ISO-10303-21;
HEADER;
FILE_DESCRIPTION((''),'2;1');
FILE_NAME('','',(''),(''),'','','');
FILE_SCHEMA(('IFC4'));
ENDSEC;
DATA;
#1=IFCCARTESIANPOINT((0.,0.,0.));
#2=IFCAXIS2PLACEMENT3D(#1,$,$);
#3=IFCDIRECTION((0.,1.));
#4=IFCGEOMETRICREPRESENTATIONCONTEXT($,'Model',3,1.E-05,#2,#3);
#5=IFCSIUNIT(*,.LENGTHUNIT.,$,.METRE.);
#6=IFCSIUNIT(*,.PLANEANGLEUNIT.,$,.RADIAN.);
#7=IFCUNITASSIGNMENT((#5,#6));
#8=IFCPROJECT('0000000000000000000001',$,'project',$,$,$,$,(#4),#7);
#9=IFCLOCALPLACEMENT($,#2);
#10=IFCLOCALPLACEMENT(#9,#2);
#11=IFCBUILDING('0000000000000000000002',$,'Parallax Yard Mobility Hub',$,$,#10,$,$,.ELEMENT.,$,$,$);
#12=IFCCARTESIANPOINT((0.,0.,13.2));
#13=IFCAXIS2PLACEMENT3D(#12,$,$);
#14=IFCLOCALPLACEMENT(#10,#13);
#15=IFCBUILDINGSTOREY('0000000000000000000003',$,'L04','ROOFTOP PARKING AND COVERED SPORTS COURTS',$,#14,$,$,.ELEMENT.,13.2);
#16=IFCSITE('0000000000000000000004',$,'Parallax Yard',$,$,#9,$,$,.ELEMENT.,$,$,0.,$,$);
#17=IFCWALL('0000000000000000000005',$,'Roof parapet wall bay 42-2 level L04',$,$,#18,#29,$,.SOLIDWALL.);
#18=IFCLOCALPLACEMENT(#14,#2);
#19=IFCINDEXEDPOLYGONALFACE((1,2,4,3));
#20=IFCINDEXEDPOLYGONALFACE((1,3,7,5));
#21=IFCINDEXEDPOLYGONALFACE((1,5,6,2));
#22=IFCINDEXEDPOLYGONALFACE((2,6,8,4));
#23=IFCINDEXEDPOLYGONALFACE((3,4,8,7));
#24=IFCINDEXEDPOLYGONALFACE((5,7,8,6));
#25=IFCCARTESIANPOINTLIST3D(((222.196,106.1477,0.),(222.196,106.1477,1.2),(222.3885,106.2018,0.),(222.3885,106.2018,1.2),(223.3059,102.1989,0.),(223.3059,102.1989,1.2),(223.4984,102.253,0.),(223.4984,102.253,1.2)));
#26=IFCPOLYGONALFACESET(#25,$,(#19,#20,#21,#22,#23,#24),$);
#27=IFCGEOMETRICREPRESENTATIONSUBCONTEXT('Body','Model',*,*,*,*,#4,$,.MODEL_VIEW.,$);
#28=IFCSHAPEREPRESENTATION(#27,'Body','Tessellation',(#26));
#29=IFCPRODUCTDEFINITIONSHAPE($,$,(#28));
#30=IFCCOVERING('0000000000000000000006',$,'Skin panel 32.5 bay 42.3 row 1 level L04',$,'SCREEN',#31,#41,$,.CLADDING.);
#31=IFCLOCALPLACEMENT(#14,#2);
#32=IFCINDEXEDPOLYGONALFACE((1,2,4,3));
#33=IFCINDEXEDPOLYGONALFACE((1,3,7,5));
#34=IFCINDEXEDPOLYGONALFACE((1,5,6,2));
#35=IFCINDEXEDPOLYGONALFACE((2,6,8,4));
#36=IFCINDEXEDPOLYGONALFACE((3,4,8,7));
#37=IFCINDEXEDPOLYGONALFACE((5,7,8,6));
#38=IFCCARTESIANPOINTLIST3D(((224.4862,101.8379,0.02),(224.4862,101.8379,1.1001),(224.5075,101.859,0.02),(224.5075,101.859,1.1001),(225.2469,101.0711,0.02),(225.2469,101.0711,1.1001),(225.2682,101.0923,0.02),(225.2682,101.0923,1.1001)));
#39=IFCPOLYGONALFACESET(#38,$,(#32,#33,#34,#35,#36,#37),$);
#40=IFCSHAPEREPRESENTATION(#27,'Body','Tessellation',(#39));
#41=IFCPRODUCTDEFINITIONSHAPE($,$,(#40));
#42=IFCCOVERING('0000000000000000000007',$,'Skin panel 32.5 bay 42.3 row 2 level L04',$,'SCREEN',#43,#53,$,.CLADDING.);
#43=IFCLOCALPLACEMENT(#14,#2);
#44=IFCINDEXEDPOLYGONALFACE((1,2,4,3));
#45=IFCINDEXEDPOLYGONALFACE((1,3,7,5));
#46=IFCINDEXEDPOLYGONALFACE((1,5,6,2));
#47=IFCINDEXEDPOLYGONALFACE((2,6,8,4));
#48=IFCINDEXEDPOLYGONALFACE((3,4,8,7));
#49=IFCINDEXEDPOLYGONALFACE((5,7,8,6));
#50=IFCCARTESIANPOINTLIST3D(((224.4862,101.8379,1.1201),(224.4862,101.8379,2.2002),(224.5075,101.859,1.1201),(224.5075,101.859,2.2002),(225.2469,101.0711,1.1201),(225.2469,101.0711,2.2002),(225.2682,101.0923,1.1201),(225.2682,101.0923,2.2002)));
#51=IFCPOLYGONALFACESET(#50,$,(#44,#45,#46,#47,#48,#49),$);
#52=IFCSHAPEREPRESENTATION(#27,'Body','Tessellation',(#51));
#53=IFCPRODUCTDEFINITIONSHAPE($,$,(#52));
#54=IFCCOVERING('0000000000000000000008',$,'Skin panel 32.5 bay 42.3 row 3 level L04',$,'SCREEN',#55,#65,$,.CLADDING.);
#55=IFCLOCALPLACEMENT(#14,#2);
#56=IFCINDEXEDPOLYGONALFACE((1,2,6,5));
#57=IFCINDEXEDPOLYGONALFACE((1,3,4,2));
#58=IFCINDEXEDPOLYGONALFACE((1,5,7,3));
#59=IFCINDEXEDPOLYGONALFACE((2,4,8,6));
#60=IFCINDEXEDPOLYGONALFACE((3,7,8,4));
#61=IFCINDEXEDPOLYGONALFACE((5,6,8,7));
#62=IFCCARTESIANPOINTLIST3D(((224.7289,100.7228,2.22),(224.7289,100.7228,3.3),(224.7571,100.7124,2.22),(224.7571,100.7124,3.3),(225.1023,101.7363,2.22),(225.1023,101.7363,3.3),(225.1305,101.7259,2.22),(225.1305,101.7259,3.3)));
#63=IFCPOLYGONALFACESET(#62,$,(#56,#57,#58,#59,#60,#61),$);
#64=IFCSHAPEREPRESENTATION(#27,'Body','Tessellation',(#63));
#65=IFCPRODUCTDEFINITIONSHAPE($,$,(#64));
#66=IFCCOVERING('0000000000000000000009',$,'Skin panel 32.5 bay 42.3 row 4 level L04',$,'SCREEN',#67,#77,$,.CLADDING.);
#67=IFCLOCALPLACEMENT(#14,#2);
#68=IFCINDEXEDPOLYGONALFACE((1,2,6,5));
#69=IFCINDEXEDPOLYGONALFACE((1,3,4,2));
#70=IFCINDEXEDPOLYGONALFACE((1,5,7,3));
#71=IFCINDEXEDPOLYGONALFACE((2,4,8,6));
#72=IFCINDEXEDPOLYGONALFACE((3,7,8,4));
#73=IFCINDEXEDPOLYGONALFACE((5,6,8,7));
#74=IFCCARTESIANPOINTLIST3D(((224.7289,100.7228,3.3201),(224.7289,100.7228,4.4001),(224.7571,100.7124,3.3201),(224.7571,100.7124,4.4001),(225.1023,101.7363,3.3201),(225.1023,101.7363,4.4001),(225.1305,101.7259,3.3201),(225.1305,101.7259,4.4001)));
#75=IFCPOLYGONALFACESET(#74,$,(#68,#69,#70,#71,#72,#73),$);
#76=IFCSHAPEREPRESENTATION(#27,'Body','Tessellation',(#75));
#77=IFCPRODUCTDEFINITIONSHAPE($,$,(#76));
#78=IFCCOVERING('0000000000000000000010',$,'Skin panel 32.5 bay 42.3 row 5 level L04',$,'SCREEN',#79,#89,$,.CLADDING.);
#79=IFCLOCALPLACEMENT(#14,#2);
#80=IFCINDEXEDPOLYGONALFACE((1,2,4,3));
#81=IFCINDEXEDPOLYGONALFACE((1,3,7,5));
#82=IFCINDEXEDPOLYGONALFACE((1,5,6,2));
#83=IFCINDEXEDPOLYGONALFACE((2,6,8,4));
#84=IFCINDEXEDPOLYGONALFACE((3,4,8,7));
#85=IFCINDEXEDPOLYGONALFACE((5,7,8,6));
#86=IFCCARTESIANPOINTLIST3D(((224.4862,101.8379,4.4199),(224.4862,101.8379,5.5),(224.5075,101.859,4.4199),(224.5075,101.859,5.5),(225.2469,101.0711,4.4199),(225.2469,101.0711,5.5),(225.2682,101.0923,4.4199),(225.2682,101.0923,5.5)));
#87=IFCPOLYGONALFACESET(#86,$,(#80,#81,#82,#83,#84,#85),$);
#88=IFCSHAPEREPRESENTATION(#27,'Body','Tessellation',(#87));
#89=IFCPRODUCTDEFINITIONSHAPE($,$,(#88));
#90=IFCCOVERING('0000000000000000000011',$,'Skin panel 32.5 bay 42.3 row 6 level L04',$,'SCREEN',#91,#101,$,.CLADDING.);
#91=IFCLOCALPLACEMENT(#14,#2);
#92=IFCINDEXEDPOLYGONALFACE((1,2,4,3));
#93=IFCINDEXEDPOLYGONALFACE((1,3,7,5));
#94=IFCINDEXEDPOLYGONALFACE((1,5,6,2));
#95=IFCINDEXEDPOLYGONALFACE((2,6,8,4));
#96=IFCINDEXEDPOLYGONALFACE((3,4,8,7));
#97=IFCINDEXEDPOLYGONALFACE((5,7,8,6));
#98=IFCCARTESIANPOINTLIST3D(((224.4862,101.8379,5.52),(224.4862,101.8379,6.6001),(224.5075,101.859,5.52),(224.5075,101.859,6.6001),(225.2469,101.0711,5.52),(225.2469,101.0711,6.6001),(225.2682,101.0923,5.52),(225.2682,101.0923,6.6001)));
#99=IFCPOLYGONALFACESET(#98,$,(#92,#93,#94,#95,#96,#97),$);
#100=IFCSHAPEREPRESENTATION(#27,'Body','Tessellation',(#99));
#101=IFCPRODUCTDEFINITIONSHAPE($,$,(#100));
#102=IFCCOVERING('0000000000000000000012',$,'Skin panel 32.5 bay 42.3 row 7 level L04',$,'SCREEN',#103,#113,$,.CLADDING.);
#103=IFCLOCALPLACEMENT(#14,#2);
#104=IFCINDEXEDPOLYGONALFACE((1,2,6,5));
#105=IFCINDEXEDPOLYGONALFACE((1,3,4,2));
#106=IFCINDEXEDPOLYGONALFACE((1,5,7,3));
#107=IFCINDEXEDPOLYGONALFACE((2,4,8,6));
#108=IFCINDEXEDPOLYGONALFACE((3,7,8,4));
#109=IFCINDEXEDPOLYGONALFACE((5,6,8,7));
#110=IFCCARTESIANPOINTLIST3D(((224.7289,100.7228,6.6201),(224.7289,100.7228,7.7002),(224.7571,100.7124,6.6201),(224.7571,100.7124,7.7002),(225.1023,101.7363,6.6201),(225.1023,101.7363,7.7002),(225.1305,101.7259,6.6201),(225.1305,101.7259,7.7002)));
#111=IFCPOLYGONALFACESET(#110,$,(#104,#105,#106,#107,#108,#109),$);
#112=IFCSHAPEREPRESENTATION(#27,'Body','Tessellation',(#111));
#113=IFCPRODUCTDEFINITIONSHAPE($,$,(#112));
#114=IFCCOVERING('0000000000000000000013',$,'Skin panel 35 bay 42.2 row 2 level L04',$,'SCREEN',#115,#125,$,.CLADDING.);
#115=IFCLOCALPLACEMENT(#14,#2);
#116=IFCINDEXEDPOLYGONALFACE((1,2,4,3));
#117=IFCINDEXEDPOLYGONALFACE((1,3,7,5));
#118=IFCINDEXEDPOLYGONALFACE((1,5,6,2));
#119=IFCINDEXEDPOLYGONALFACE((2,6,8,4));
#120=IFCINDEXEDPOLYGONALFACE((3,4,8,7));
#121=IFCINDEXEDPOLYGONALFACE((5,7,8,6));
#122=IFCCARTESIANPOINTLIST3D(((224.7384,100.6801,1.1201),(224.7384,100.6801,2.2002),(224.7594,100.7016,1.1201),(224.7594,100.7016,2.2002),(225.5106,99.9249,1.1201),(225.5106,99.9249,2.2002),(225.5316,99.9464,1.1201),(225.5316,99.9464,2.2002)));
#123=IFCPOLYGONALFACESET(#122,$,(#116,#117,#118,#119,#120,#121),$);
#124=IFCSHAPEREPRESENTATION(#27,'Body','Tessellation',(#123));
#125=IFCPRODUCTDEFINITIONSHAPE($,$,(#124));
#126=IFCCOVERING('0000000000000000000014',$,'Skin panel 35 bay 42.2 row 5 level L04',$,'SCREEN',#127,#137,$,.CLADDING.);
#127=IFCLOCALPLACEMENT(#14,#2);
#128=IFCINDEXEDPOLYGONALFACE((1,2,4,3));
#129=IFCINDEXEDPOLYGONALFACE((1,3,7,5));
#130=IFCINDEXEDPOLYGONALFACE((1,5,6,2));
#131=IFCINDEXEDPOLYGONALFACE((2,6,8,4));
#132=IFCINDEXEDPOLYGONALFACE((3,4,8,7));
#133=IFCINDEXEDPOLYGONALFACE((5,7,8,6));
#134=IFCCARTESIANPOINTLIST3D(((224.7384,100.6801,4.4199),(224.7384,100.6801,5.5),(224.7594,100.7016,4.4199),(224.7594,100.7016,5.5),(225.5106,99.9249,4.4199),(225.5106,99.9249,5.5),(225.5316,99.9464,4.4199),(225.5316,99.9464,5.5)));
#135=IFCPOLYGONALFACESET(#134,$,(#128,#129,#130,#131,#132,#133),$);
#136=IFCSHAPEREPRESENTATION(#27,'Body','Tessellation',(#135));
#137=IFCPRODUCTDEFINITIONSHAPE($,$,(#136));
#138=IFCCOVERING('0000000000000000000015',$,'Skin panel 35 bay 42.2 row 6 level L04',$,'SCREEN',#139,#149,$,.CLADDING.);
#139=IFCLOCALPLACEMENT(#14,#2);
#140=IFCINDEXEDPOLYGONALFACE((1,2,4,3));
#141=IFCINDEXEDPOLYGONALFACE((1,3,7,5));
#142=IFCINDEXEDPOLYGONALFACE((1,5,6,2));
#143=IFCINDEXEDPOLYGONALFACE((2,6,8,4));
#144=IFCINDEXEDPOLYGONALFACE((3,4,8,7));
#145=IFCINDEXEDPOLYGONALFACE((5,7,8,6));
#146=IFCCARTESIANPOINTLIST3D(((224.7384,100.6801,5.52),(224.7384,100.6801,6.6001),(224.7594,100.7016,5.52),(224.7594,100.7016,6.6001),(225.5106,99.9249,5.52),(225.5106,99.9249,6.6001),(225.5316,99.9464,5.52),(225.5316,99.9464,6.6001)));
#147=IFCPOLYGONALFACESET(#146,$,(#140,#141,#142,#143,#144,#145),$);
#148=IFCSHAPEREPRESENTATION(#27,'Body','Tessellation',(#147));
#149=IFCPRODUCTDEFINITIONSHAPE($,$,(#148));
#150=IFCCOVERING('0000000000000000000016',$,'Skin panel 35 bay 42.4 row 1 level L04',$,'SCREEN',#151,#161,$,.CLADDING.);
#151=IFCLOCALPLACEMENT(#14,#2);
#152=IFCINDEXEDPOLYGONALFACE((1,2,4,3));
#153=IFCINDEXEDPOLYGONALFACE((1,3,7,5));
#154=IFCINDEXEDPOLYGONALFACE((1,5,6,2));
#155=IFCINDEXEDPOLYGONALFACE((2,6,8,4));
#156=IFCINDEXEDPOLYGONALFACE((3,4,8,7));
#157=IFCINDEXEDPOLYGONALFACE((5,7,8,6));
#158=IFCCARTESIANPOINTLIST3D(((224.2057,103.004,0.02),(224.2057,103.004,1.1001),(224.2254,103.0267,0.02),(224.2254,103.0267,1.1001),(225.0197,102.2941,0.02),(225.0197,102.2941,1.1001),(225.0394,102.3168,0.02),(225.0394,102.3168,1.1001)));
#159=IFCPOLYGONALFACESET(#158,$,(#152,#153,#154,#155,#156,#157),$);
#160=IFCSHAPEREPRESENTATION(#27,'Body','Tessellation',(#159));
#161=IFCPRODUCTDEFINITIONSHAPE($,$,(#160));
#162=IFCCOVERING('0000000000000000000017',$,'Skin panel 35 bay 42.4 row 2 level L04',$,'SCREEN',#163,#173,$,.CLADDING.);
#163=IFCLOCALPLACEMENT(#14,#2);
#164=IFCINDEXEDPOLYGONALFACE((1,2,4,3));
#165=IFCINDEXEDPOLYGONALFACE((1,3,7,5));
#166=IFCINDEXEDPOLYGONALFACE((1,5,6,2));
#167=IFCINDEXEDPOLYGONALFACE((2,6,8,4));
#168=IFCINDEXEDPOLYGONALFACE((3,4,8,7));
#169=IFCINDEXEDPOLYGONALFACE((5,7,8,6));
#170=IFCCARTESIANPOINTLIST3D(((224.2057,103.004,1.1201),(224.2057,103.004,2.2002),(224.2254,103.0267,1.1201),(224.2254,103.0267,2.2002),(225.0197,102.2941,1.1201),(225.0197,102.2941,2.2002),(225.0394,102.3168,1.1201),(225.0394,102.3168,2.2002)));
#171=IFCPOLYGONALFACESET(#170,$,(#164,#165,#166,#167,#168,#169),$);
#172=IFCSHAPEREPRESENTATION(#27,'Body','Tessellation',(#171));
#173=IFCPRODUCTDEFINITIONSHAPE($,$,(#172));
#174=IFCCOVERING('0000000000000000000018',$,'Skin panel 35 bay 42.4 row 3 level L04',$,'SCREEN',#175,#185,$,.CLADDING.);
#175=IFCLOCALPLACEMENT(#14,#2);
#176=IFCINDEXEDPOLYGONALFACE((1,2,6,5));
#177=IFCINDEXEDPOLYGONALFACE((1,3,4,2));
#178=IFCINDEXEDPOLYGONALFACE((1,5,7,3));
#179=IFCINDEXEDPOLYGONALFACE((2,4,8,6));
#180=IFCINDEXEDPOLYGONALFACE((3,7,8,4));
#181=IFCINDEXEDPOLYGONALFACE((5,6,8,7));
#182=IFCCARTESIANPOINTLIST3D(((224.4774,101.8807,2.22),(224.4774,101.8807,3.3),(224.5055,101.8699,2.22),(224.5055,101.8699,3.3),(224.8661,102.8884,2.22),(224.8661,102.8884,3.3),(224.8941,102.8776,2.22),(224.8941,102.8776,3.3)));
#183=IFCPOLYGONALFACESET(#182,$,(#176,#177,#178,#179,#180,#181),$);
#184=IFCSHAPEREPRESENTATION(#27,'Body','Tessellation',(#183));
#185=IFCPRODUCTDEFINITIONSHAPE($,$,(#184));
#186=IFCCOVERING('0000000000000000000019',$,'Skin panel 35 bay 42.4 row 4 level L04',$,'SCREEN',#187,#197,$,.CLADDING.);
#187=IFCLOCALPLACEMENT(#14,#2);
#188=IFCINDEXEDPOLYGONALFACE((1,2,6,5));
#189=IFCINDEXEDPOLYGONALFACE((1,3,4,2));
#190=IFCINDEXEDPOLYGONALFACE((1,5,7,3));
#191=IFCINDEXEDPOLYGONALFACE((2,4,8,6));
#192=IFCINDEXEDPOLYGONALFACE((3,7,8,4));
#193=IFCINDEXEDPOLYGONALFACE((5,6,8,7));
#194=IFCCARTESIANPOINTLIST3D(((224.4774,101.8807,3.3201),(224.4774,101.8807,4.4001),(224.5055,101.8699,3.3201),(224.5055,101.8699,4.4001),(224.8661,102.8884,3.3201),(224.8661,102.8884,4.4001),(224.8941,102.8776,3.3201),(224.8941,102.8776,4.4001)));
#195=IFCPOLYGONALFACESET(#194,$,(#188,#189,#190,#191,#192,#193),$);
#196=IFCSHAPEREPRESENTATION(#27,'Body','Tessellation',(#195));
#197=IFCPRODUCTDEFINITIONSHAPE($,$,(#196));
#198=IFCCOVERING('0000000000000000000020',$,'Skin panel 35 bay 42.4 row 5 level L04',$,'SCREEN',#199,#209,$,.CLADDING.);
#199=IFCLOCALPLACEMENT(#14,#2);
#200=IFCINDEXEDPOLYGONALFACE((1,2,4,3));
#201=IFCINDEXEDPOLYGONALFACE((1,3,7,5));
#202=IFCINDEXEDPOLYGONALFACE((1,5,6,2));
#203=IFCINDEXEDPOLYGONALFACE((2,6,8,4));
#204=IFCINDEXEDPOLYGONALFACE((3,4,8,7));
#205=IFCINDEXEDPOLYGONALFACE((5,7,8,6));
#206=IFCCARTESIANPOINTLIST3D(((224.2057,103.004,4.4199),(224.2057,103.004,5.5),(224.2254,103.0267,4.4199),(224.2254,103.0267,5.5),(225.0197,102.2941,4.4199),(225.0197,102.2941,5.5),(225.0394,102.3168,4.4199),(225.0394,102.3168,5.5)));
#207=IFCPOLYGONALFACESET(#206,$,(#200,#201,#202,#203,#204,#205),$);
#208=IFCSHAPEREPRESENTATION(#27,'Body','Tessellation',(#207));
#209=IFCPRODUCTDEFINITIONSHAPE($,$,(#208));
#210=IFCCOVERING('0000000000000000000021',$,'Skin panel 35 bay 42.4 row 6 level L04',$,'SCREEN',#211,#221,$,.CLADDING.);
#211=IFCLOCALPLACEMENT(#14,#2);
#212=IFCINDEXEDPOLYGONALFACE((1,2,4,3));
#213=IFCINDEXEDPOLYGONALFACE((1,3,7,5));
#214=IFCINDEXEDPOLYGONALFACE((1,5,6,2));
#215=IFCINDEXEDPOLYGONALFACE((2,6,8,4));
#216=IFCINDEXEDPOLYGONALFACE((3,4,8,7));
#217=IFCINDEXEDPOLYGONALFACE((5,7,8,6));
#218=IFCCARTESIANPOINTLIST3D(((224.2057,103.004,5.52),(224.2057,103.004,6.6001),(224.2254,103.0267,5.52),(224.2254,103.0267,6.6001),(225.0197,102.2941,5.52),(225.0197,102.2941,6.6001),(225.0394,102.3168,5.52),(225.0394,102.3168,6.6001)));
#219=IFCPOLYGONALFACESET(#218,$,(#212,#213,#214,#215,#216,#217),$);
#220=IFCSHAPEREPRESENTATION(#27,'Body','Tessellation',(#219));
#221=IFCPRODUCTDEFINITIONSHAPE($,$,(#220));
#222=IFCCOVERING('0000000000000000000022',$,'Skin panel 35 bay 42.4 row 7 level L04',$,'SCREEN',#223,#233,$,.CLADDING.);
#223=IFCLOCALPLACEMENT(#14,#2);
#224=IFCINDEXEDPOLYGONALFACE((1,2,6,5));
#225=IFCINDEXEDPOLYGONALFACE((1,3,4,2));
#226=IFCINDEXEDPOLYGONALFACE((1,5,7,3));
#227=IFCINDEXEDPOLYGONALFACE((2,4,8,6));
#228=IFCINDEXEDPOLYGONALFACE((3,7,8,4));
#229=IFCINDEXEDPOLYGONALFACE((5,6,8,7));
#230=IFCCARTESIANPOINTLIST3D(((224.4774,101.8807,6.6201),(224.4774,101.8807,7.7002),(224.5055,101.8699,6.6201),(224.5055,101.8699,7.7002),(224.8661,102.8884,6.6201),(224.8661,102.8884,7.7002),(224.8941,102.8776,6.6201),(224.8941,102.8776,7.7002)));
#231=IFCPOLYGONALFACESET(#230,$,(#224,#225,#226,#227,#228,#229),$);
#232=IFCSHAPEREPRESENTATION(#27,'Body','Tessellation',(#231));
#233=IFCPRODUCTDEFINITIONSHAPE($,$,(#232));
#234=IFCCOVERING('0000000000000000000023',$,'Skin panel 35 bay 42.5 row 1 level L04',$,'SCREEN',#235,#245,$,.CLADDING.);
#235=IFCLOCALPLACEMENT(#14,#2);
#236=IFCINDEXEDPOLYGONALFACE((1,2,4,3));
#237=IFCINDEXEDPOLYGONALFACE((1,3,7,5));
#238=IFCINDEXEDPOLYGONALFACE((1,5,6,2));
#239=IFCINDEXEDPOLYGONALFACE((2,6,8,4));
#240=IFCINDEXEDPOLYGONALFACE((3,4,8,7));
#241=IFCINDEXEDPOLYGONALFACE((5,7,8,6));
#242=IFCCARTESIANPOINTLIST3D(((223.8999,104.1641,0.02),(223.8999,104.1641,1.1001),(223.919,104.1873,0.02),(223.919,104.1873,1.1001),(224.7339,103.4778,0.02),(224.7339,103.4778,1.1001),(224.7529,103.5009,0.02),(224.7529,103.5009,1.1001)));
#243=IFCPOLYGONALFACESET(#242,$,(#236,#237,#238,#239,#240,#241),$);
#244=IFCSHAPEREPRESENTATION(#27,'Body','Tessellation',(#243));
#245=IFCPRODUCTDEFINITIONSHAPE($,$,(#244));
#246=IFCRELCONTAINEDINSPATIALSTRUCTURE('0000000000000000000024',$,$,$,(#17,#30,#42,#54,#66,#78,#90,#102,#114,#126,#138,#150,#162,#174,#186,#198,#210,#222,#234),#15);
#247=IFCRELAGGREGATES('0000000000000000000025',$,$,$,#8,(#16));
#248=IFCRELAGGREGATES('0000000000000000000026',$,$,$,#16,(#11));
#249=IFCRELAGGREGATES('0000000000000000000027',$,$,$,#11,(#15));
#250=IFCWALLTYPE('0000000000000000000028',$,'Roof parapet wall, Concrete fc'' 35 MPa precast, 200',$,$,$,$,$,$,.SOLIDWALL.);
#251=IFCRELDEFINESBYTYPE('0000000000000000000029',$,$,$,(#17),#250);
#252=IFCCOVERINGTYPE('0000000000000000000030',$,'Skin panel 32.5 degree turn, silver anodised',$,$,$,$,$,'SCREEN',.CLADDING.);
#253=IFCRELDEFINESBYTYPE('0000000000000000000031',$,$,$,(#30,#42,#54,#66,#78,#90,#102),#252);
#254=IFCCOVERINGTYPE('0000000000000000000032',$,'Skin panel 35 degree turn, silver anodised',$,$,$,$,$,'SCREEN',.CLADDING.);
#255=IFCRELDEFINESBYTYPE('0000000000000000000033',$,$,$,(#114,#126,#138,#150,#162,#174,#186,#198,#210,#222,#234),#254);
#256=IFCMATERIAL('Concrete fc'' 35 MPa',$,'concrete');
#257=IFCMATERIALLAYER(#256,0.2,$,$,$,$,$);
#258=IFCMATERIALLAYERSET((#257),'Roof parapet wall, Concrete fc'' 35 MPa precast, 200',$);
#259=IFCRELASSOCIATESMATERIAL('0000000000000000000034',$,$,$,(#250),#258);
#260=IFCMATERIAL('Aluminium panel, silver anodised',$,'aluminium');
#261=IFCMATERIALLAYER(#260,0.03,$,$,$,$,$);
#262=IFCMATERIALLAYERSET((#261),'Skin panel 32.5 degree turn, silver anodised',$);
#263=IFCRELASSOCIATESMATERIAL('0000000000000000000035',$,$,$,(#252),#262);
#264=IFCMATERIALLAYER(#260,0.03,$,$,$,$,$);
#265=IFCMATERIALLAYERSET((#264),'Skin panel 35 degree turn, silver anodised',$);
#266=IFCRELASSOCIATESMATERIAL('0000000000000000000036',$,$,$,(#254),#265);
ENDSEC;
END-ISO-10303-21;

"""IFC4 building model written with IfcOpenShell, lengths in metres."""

from ifc_helpers import new_model, si_unit, direction, frame, frame_2d, origin, origin_2d, place, context, subcontext, project, spatial, rectangle, extrude, material, layer, layer_set, type_object, element, save


model = new_model("IFC4")

# Units and contexts
model_context = context("Model", 3, precision=1e-05, world=origin(), true_north=direction((0.0, 1.0)))
body_context = subcontext(model_context, "Body", "Model", "MODEL_VIEW")
ifc_project = project(units=[si_unit("LENGTHUNIT", "METRE"), si_unit("PLANEANGLEUNIT", "RADIAN")], contexts=[model_context])

# Site, building, storey
site_placement = place(None, origin())
site = spatial("IfcSite", under=ifc_project, at=site_placement, Name="Parallax Yard", CompositionType="ELEMENT", RefElevation=0.0)
building_placement = place(site_placement, origin())
building = spatial("IfcBuilding", under=site, at=building_placement, Name="Parallax Yard Mobility Hub", CompositionType="ELEMENT")
storey_placement = place(building_placement, frame((0.0, 0.0, 13.2)))
storey = spatial("IfcBuildingStorey", under=building, at=storey_placement, Name="L04", Description="ROOFTOP PARKING AND COVERED SPORTS COURTS", CompositionType="ELEMENT", Elevation=13.2)

# Wall
ifc_material_1 = material(Name="Concrete fc' 35 MPa", Category="concrete")
ifc_layer_1 = layer(ifc_material_1, 0.2)
ifc_layer_set_1 = layer_set([ifc_layer_1], Name="Roof parapet wall, Concrete fc' 35 MPa precast, 200")
wall_type = type_object("IfcWallType", Name="Roof parapet wall, Concrete fc' 35 MPa precast, 200", PredefinedType="SOLIDWALL", material=ifc_layer_set_1)
wall_placement = place(storey_placement, frame((223.4021, 102.2261, 0.0), z_axis=(0.0, 0.0, 1.0), x_axis=(-0.270584, 0.962696, 0.0)))
element("IfcWall", 1, at=wall_placement, inside=storey, type_object=wall_type, Name="Roof parapet wall bay 42-2 level L04", PredefinedType="SOLIDWALL", context=body_context, shape_type="SweptSolid", body=[
    extrude(rectangle(XDim=4.1018, YDim=0.2, at=frame_2d((2.0508, 0.0))), origin(), (0.0, 0.0, 1.0), 1.2),
])

# Coverings
ifc_material_2 = material(Name="Aluminium panel, silver anodised", Category="aluminium")
ifc_layer_2 = layer(ifc_material_2, 0.03)
ifc_layer_set_2 = layer_set([ifc_layer_2], Name="Skin panel 32.5 degree turn, silver anodised")
covering_type_1 = type_object("IfcCoveringType", Name="Skin panel 32.5 degree turn, silver anodised", ElementType="SCREEN", PredefinedType="CLADDING", material=ifc_layer_set_2)
for number, where, z_axis, x_axis, name in (
    (2, (224.8772, 101.4651, 0.02), (0.0, 0.0, 1.0), (0.704296, -0.709906, 0.0), "Skin panel 32.5 bay 42.3 row 1 level L04"),
    (3, (224.8772, 101.4651, 1.1201), (0.0, 0.0, 1.0), (0.704296, -0.709906, 0.0), "Skin panel 32.5 bay 42.3 row 2 level L04"),
    (4, (224.9297, 101.2244, 2.22), (0.0, 0.0, 1.0), (0.345745, 0.938328, 0.0), "Skin panel 32.5 bay 42.3 row 3 level L04"),
    (5, (224.9297, 101.2244, 3.3201), (0.0, 0.0, 1.0), (0.345745, 0.938328, 0.0), "Skin panel 32.5 bay 42.3 row 4 level L04"),
    (6, (224.8772, 101.4651, 4.4199), (0.0, 0.0, 1.0), (0.704296, -0.709906, 0.0), "Skin panel 32.5 bay 42.3 row 5 level L04"),
    (7, (224.8772, 101.4651, 5.52), (0.0, 0.0, 1.0), (0.704296, -0.709906, 0.0), "Skin panel 32.5 bay 42.3 row 6 level L04"),
    (8, (224.9297, 101.2244, 6.6201), (0.0, 0.0, 1.0), (0.345745, 0.938328, 0.0), "Skin panel 32.5 bay 42.3 row 7 level L04"),
):
    element("IfcCovering", number, at=place(storey_placement, frame(where, z_axis=z_axis, x_axis=x_axis)), inside=storey, type_object=covering_type_1, Name=name, ObjectType="SCREEN", PredefinedType="CLADDING", context=body_context, shape_type="SweptSolid", body=[
        extrude(rectangle(XDim=1.0801, YDim=0.03, at=origin_2d()), origin(), (0.0, 0.0, 1.0), 1.0801),
    ])
ifc_layer_3 = layer(ifc_material_2, 0.03)
ifc_layer_set_3 = layer_set([ifc_layer_3], Name="Skin panel 35 degree turn, silver anodised")
covering_type_2 = type_object("IfcCoveringType", Name="Skin panel 35 degree turn, silver anodised", ElementType="SCREEN", PredefinedType="CLADDING", material=ifc_layer_set_3)
for number, where, z_axis, x_axis, name in (
    (9, (225.135, 100.3132, 1.1201), (0.0, 0.0, 1.0), (0.714917, -0.699209, 0.0), "Skin panel 35 bay 42.2 row 2 level L04"),
    (10, (225.135, 100.3132, 4.4199), (0.0, 0.0, 1.0), (0.714917, -0.699209, 0.0), "Skin panel 35 bay 42.2 row 5 level L04"),
    (11, (225.135, 100.3132, 5.52), (0.0, 0.0, 1.0), (0.714917, -0.699209, 0.0), "Skin panel 35 bay 42.2 row 6 level L04"),
    (12, (224.6226, 102.6604, 0.02), (0.0, 0.0, 1.0), (0.753668, -0.657256, 0.0), "Skin panel 35 bay 42.4 row 1 level L04"),
    (13, (224.6226, 102.6604, 1.1201), (0.0, 0.0, 1.0), (0.753668, -0.657256, 0.0), "Skin panel 35 bay 42.4 row 2 level L04"),
    (14, (224.6858, 102.3792, 2.22), (0.0, 0.0, 1.0), (0.359849, 0.933011, 0.0), "Skin panel 35 bay 42.4 row 3 level L04"),
    (15, (224.6858, 102.3792, 3.3201), (0.0, 0.0, 1.0), (0.359849, 0.933011, 0.0), "Skin panel 35 bay 42.4 row 4 level L04"),
    (16, (224.6226, 102.6604, 4.4199), (0.0, 0.0, 1.0), (0.753668, -0.657256, 0.0), "Skin panel 35 bay 42.4 row 5 level L04"),
    (17, (224.6226, 102.6604, 5.52), (0.0, 0.0, 1.0), (0.753668, -0.657256, 0.0), "Skin panel 35 bay 42.4 row 6 level L04"),
    (18, (224.6858, 102.3792, 6.6201), (0.0, 0.0, 1.0), (0.359849, 0.933011, 0.0), "Skin panel 35 bay 42.4 row 7 level L04"),
    (19, (224.3264, 103.8325, 0.02), (0.0, 0.0, 1.0), (0.772129, -0.635465, 0.0), "Skin panel 35 bay 42.5 row 1 level L04"),
):
    element("IfcCovering", number, at=place(storey_placement, frame(where, z_axis=z_axis, x_axis=x_axis)), inside=storey, type_object=covering_type_2, Name=name, ObjectType="SCREEN", PredefinedType="CLADDING", context=body_context, shape_type="SweptSolid", body=[
        extrude(rectangle(XDim=1.0801, YDim=0.03, at=origin_2d()), origin(), (0.0, 0.0, 1.0), 1.0801),
    ])

save(model, "model.ifc")
